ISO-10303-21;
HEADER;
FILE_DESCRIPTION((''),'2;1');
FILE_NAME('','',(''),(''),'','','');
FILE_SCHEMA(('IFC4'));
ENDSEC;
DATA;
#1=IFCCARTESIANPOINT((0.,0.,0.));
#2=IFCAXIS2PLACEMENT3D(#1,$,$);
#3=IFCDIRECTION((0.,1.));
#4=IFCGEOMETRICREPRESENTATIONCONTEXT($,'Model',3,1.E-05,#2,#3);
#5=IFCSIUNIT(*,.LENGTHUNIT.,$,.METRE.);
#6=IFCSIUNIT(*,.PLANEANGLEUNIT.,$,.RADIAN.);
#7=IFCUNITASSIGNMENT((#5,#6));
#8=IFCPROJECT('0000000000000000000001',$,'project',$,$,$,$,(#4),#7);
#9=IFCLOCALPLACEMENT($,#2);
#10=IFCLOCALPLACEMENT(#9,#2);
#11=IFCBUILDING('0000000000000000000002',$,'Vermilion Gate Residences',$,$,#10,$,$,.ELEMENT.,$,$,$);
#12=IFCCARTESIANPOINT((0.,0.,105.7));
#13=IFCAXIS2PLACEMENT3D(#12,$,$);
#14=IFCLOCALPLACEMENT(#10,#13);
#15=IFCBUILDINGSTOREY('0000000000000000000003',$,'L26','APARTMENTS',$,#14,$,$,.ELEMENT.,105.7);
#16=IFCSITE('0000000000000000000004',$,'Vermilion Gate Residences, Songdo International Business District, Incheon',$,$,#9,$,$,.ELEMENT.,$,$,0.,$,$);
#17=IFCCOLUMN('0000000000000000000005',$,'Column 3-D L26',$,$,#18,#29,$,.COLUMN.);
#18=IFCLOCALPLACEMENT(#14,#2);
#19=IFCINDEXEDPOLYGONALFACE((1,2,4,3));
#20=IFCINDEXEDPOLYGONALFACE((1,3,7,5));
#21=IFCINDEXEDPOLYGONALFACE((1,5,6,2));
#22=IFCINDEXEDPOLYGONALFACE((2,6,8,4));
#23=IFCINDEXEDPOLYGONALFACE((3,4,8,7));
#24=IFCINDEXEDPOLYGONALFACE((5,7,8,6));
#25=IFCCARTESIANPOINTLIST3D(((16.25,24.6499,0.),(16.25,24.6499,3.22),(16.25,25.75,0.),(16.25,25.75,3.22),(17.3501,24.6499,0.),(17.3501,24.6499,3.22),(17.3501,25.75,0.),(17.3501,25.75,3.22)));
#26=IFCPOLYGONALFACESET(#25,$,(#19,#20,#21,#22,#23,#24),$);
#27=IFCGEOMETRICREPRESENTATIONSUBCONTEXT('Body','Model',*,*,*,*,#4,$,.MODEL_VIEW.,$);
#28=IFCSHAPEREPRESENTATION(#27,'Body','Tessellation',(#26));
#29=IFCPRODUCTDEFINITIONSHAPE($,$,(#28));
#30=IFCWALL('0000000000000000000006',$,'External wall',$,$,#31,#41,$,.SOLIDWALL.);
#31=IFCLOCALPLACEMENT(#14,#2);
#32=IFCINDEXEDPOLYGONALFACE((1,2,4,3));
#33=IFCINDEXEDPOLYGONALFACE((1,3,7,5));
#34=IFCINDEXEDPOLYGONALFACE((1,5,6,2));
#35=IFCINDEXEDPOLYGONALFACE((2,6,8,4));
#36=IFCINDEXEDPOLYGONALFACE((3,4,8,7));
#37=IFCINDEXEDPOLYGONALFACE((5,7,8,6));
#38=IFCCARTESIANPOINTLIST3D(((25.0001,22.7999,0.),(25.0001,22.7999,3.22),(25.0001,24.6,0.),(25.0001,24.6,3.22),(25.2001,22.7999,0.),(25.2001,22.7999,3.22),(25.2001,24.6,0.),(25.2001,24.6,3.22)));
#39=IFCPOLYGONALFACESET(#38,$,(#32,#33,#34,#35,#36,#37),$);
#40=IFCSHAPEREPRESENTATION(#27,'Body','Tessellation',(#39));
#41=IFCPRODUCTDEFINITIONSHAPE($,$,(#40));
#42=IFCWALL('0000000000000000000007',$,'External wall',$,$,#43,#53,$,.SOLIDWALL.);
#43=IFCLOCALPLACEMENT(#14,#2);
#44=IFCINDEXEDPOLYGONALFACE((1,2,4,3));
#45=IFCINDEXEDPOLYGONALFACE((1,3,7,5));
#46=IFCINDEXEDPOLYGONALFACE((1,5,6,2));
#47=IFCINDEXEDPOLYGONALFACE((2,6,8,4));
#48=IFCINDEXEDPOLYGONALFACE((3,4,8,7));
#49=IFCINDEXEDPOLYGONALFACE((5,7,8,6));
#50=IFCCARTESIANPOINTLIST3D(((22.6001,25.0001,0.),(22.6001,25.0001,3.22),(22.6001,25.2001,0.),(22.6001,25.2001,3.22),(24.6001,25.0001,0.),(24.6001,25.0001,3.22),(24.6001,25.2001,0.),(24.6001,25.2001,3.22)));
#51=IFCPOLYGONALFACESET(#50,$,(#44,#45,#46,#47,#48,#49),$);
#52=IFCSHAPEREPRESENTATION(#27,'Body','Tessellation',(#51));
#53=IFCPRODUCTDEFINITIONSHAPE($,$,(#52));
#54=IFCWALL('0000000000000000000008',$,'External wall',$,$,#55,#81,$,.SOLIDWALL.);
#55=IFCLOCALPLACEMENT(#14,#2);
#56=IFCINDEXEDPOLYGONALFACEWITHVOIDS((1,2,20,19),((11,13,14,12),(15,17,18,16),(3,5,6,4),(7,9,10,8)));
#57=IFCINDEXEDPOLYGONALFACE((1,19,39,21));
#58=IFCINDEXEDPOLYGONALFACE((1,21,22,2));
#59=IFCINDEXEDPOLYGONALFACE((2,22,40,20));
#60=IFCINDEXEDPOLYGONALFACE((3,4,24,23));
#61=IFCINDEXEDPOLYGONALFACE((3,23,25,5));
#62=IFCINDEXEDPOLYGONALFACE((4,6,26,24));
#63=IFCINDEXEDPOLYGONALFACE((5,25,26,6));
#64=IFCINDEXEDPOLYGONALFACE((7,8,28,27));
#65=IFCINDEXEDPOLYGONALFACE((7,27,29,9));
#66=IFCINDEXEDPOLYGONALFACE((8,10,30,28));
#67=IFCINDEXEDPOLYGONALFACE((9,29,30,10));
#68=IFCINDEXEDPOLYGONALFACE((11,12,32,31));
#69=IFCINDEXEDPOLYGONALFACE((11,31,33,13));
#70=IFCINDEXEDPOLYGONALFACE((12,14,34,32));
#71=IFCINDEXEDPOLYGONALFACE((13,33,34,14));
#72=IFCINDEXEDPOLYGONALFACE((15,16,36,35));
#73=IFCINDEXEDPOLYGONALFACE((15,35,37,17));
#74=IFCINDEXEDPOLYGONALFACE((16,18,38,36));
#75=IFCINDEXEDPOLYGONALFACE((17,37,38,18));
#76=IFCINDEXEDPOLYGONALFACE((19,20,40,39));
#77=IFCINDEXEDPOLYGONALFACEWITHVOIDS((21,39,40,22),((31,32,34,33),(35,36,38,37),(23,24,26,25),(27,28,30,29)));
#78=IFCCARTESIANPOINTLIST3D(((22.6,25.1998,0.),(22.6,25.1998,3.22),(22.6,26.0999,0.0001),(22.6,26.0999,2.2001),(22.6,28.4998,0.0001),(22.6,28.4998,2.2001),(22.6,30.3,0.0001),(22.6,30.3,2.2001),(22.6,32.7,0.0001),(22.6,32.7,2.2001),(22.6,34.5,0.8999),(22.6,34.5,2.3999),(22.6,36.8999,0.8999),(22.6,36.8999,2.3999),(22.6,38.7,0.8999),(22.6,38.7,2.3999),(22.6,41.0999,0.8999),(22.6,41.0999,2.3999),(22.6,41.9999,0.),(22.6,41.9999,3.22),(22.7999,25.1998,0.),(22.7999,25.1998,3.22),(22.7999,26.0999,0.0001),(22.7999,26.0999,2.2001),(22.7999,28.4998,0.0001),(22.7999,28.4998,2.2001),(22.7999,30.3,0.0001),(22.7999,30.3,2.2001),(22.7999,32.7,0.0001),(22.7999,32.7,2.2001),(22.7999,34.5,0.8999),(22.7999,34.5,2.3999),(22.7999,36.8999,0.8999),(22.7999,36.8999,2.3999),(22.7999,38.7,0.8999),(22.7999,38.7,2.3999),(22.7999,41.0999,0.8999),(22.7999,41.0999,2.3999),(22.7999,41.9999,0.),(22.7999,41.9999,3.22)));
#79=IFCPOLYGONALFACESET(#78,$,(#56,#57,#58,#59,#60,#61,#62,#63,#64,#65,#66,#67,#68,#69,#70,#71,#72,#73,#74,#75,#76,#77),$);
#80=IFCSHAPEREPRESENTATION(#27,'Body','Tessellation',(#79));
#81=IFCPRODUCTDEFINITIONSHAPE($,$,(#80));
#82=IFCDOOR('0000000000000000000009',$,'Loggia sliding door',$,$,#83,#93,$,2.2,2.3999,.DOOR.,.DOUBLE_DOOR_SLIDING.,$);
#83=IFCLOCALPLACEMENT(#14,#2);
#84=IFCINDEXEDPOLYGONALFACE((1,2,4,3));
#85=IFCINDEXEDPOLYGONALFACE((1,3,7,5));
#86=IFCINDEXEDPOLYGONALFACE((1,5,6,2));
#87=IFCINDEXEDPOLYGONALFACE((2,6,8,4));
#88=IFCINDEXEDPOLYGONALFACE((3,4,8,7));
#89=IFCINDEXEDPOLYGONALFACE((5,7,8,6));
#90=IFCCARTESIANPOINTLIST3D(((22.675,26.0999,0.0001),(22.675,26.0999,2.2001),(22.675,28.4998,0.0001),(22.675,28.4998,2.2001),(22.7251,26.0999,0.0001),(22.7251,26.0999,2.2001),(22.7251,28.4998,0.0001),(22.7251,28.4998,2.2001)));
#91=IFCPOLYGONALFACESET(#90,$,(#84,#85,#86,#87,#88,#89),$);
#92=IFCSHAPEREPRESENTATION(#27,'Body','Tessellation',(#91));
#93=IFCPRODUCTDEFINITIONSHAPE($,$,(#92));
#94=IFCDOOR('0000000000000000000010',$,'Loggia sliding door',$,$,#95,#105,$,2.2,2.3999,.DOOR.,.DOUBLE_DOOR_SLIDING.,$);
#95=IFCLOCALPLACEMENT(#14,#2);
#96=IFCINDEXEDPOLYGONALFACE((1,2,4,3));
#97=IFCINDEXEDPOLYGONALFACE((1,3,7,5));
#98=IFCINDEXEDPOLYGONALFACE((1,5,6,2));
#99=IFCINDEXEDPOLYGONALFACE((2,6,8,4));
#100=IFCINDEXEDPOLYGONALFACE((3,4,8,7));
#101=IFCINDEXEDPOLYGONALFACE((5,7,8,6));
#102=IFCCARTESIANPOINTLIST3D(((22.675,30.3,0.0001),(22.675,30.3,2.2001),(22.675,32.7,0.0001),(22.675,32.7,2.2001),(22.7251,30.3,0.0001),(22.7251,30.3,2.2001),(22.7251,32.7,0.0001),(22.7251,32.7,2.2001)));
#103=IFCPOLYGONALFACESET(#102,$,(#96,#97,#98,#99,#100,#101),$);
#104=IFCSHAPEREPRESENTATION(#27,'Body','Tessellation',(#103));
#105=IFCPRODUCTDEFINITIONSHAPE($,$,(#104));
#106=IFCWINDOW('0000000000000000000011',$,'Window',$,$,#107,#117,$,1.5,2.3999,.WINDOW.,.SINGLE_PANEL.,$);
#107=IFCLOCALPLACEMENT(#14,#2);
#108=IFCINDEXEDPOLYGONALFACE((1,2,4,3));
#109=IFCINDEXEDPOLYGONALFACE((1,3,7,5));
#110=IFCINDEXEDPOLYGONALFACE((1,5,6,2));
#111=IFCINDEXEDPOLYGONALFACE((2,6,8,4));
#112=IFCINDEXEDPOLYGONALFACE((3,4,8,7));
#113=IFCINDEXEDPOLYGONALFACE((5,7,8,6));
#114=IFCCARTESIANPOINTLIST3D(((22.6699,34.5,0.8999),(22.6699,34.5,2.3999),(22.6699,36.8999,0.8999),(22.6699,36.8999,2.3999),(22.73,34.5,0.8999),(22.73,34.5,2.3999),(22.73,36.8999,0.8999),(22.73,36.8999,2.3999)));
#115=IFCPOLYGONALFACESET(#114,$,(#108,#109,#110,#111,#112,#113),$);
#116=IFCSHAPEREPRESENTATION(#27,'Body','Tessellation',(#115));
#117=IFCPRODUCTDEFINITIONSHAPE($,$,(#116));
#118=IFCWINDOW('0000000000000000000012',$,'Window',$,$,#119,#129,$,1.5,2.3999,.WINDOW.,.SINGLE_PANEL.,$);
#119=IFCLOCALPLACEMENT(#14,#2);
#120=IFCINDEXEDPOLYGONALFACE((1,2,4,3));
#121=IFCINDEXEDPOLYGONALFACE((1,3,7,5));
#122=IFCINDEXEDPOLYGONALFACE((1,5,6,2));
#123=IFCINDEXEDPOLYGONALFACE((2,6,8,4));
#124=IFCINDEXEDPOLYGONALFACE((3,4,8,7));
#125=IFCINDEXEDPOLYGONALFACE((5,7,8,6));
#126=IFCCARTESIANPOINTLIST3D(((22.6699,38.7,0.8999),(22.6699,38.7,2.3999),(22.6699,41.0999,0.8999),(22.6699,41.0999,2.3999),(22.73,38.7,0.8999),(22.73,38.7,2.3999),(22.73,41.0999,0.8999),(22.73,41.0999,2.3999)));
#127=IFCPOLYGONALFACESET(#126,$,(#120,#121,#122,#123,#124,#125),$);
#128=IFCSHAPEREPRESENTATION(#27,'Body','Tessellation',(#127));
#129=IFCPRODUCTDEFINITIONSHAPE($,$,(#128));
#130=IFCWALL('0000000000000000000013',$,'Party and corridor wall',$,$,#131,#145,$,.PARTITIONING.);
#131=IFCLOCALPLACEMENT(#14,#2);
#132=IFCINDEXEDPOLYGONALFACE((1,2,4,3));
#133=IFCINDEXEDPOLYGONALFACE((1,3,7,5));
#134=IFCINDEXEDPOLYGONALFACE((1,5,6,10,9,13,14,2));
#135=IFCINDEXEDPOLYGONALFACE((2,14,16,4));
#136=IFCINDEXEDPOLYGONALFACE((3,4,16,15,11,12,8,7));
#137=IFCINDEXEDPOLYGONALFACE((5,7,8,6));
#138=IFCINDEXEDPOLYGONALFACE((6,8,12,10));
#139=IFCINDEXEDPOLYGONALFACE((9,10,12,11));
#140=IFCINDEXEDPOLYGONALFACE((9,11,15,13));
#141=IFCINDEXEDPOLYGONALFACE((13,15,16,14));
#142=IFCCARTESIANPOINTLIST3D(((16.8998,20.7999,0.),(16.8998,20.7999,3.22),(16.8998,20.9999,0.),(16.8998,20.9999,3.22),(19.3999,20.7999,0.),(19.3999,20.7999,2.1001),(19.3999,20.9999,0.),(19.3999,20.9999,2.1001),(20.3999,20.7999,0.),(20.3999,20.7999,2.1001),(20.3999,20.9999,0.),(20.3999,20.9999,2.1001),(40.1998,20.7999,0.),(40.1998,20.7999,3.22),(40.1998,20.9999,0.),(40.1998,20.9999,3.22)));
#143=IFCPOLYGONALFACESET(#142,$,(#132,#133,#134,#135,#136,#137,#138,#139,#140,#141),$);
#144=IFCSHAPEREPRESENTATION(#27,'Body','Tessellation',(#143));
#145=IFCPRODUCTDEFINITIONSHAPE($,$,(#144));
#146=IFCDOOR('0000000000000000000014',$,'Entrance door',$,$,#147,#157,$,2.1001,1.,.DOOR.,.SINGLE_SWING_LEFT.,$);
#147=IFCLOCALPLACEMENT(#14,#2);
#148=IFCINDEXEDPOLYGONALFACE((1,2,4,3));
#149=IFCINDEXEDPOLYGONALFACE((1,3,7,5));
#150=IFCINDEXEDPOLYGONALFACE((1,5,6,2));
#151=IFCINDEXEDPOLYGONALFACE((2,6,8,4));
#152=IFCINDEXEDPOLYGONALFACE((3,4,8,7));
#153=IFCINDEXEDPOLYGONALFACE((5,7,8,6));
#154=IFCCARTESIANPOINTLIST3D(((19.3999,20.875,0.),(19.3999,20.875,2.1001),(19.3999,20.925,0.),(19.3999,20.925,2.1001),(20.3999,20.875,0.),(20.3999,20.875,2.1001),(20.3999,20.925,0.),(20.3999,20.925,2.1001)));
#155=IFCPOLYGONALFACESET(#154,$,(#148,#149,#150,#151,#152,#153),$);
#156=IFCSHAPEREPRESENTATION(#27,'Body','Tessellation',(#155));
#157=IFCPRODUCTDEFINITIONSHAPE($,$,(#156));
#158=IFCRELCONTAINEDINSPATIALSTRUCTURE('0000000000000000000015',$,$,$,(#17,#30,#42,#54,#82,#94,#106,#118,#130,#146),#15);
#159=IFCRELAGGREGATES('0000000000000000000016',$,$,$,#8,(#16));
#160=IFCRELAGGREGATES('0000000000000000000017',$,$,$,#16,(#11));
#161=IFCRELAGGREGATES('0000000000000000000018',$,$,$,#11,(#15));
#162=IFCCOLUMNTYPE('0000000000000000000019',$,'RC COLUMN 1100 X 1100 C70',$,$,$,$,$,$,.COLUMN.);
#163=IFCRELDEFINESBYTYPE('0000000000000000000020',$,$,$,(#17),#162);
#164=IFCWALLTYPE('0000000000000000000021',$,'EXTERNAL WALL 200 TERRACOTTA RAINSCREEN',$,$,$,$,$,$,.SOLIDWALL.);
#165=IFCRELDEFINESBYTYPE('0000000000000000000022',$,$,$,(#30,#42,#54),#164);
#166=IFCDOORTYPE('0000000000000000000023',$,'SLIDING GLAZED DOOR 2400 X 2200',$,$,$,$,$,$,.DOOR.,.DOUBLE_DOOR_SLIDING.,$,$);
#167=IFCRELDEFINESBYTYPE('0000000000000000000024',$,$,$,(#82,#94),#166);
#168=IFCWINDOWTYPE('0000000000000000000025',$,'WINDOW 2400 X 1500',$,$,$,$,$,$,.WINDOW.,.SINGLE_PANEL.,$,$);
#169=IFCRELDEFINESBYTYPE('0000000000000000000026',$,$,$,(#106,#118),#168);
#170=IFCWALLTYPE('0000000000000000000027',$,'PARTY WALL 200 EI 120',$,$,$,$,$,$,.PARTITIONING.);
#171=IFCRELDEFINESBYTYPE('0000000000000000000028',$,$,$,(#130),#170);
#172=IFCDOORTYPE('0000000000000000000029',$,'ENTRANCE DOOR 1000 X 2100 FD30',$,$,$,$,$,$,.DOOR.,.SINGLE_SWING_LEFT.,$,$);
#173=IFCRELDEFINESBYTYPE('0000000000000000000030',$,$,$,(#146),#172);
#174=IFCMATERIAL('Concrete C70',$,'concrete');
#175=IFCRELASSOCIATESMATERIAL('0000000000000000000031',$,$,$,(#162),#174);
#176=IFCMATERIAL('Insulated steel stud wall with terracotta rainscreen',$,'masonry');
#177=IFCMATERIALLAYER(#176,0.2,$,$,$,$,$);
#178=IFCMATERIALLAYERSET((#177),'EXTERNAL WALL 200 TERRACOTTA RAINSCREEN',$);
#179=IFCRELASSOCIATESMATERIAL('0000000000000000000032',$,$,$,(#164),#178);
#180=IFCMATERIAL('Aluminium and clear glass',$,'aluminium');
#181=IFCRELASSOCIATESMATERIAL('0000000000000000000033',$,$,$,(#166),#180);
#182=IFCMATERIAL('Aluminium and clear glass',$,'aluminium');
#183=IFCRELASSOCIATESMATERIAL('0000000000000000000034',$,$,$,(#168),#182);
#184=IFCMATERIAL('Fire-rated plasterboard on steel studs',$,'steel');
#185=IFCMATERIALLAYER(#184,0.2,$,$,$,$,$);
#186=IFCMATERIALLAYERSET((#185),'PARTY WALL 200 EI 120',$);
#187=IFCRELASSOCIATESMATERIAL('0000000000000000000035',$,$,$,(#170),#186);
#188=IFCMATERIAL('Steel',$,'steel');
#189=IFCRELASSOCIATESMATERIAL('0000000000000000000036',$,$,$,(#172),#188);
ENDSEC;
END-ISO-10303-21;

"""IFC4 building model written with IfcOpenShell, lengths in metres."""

from ifc_helpers import new_model, si_unit, direction, frame, frame_2d, origin, origin_2d, place, context, subcontext, project, spatial, rectangle, extrude, material, layer, layer_set, material_profile, profile_set, type_object, element, fill, save


model = new_model("IFC4")

# Units and contexts
model_context = context("Model", 3, precision=1e-05, world=origin(), true_north=direction((0.0, 1.0)))
body_context = subcontext(model_context, "Body", "Model", "MODEL_VIEW")
ifc_project = project(units=[si_unit("LENGTHUNIT", "METRE"), si_unit("PLANEANGLEUNIT", "RADIAN")], contexts=[model_context])

# Site, building, storey
site_placement = place(None, origin())
site = spatial("IfcSite", under=ifc_project, at=site_placement, Name="Vermilion Gate Residences, Songdo International Business District, Incheon", CompositionType="ELEMENT", RefElevation=0.0)
building_placement = place(site_placement, origin())
building = spatial("IfcBuilding", under=site, at=building_placement, Name="Vermilion Gate Residences", CompositionType="ELEMENT")
storey_placement = place(building_placement, frame((0.0, 0.0, 105.7)))
storey = spatial("IfcBuildingStorey", under=building, at=storey_placement, Name="L26", Description="APARTMENTS", CompositionType="ELEMENT", Elevation=105.7)

# Column
ifc_material_1 = material(Name="Concrete C70", Category="concrete")
ifc_material_profile = material_profile(ifc_material_1, rectangle(XDim=1.1001, YDim=1.1001, at=origin_2d()), Name="RC-1100x1100")
ifc_profile_set = profile_set([ifc_material_profile], Name="Concrete C70")
column_type = type_object("IfcColumnType", Name="RC COLUMN 1100 X 1100 C70", PredefinedType="COLUMN", material=ifc_profile_set)
column_placement = place(storey_placement, frame((16.8, 25.2, 0.0), z_axis=(0.0, 0.0, 1.0), x_axis=(1.0, 0.0, 0.0)))
element("IfcColumn", 1, at=column_placement, inside=storey, type_object=column_type, Name="Column 3-D L26", PredefinedType="COLUMN", context=body_context, shape_type="SweptSolid", body=[
    extrude(rectangle(XDim=1.1001, YDim=1.1001, at=origin_2d()), origin(), (0.0, 0.0, 1.0), 3.22),
])

# Walls
ifc_material_2 = material(Name="Insulated steel stud wall with terracotta rainscreen", Category="masonry")
ifc_layer_1 = layer(ifc_material_2, 0.2)
ifc_layer_set_1 = layer_set([ifc_layer_1], Name="EXTERNAL WALL 200 TERRACOTTA RAINSCREEN")
wall_type_1 = type_object("IfcWallType", Name="EXTERNAL WALL 200 TERRACOTTA RAINSCREEN", PredefinedType="SOLIDWALL", material=ifc_layer_set_1)
wall_1_placement = place(storey_placement, frame((25.1001, 22.8, 0.0), z_axis=(0.0, 0.0, 1.0), x_axis=(0.0, 1.0, 0.0)))
element("IfcWall", 2, at=wall_1_placement, inside=storey, type_object=wall_type_1, Name="External wall", PredefinedType="SOLIDWALL", context=body_context, shape_type="SweptSolid", body=[
    extrude(rectangle(XDim=1.8, YDim=0.2, at=frame_2d((0.8999, 0.0))), origin(), (0.0, 0.0, 1.0), 3.22),
])
wall_2_placement = place(storey_placement, frame((24.6001, 25.1001, 0.0), z_axis=(0.0, 0.0, 1.0), x_axis=(-1.0, 0.0, 0.0)))
element("IfcWall", 3, at=wall_2_placement, inside=storey, type_object=wall_type_1, Name="External wall", PredefinedType="SOLIDWALL", context=body_context, shape_type="SweptSolid", body=[
    extrude(rectangle(XDim=2.0, YDim=0.2, at=frame_2d((1.0, 0.0))), origin(), (0.0, 0.0, 1.0), 3.22),
])

# Wall, openings, doors, windows
wall_3_placement = place(storey_placement, frame((22.7, 25.2, 0.0), z_axis=(0.0, 0.0, 1.0), x_axis=(0.0, 1.0, 0.0)))
wall_3 = element("IfcWall", 4, at=wall_3_placement, inside=storey, type_object=wall_type_1, Name="External wall", PredefinedType="SOLIDWALL", context=body_context, shape_type="SweptSolid", body=[
    extrude(rectangle(XDim=16.8, YDim=0.2, at=frame_2d((8.3999, 0.0))), origin(), (0.0, 0.0, 1.0), 3.22),
])
opening_1_placement = place(wall_3_placement, frame((0.8999, 0.0, 0.0)))
opening_1 = element("IfcOpeningElement", 5, at=opening_1_placement, cuts=wall_3, PredefinedType="OPENING", context=body_context, shape_type="SweptSolid", body=[
    extrude(rectangle(XDim=2.3999, YDim=2.2, at=frame_2d((1.2, 1.1001))), frame((0.0, 0.1099, 0.0), z_axis=(0.0, -1.0, 0.0), x_axis=(1.0, 0.0, 0.0)), (0.0, 0.0, 1.0), 0.22),
])
opening_2_placement = place(wall_3_placement, frame((5.1001, 0.0, 0.0)))
opening_2 = element("IfcOpeningElement", 6, at=opening_2_placement, cuts=wall_3, PredefinedType="OPENING", context=body_context, shape_type="SweptSolid", body=[
    extrude(rectangle(XDim=2.3999, YDim=2.2, at=frame_2d((1.2, 1.1001))), frame((0.0, 0.1099, 0.0), z_axis=(0.0, -1.0, 0.0), x_axis=(1.0, 0.0, 0.0)), (0.0, 0.0, 1.0), 0.22),
])
opening_3_placement = place(wall_3_placement, frame((9.3, 0.0, 0.8999)))
opening_3 = element("IfcOpeningElement", 7, at=opening_3_placement, cuts=wall_3, PredefinedType="OPENING", context=body_context, shape_type="SweptSolid", body=[
    extrude(rectangle(XDim=2.3999, YDim=1.5, at=frame_2d((1.2, 0.75))), frame((0.0, 0.1099, 0.0), z_axis=(0.0, -1.0, 0.0), x_axis=(1.0, 0.0, 0.0)), (0.0, 0.0, 1.0), 0.22),
])
opening_4_placement = place(wall_3_placement, frame((13.5, 0.0, 0.8999)))
opening_4 = element("IfcOpeningElement", 8, at=opening_4_placement, cuts=wall_3, PredefinedType="OPENING", context=body_context, shape_type="SweptSolid", body=[
    extrude(rectangle(XDim=2.3999, YDim=1.5, at=frame_2d((1.2, 0.75))), frame((0.0, 0.1099, 0.0), z_axis=(0.0, -1.0, 0.0), x_axis=(1.0, 0.0, 0.0)), (0.0, 0.0, 1.0), 0.22),
])
ifc_material_3 = material(Name="Aluminium and clear glass", Category="aluminium")
door_type_1 = type_object("IfcDoorType", Name="SLIDING GLAZED DOOR 2400 X 2200", OperationType="DOUBLE_DOOR_SLIDING", PredefinedType="DOOR", material=ifc_material_3)
door_1_placement = place(opening_1_placement, origin())
door_1 = element("IfcDoor", 9, at=door_1_placement, inside=storey, type_object=door_type_1, Name="Loggia sliding door", OperationType="DOUBLE_DOOR_SLIDING", OverallHeight=2.2, OverallWidth=2.3999, PredefinedType="DOOR", context=body_context, shape_type="SweptSolid", body=[
    extrude(rectangle(XDim=2.3999, YDim=2.2, at=frame_2d((1.2, 1.1001))), frame((0.0, 0.0249, 0.0), z_axis=(0.0, -1.0, 0.0), x_axis=(1.0, 0.0, 0.0)), (0.0, 0.0, 1.0), 0.05),
])
fill(opening_1, door_1)
door_2_placement = place(opening_2_placement, origin())
door_2 = element("IfcDoor", 10, at=door_2_placement, inside=storey, type_object=door_type_1, Name="Loggia sliding door", OperationType="DOUBLE_DOOR_SLIDING", OverallHeight=2.2, OverallWidth=2.3999, PredefinedType="DOOR", context=body_context, shape_type="SweptSolid", body=[
    extrude(rectangle(XDim=2.3999, YDim=2.2, at=frame_2d((1.2, 1.1001))), frame((0.0, 0.0249, 0.0), z_axis=(0.0, -1.0, 0.0), x_axis=(1.0, 0.0, 0.0)), (0.0, 0.0, 1.0), 0.05),
])
fill(opening_2, door_2)
ifc_material_4 = material(Name="Aluminium and clear glass", Category="aluminium")
window_type = type_object("IfcWindowType", Name="WINDOW 2400 X 1500", PartitioningType="SINGLE_PANEL", PredefinedType="WINDOW", material=ifc_material_4)
window_1_placement = place(opening_3_placement, origin())
window_1 = element("IfcWindow", 11, at=window_1_placement, inside=storey, type_object=window_type, Name="Window", OverallHeight=1.5, OverallWidth=2.3999, PartitioningType="SINGLE_PANEL", PredefinedType="WINDOW", context=body_context, shape_type="SweptSolid", body=[
    extrude(rectangle(XDim=2.3999, YDim=1.5, at=frame_2d((1.2, 0.75))), frame((0.0, 0.03, 0.0), z_axis=(0.0, -1.0, 0.0), x_axis=(1.0, 0.0, 0.0)), (0.0, 0.0, 1.0), 0.0601),
])
fill(opening_3, window_1)
window_2_placement = place(opening_4_placement, origin())
window_2 = element("IfcWindow", 12, at=window_2_placement, inside=storey, type_object=window_type, Name="Window", OverallHeight=1.5, OverallWidth=2.3999, PartitioningType="SINGLE_PANEL", PredefinedType="WINDOW", context=body_context, shape_type="SweptSolid", body=[
    extrude(rectangle(XDim=2.3999, YDim=1.5, at=frame_2d((1.2, 0.75))), frame((0.0, 0.03, 0.0), z_axis=(0.0, -1.0, 0.0), x_axis=(1.0, 0.0, 0.0)), (0.0, 0.0, 1.0), 0.0601),
])
fill(opening_4, window_2)

# Wall, opening, door
ifc_material_5 = material(Name="Fire-rated plasterboard on steel studs", Category="steel")
ifc_layer_2 = layer(ifc_material_5, 0.2)
ifc_layer_set_2 = layer_set([ifc_layer_2], Name="PARTY WALL 200 EI 120")
wall_type_2 = type_object("IfcWallType", Name="PARTY WALL 200 EI 120", PredefinedType="PARTITIONING", material=ifc_layer_set_2)
wall_4_placement = place(storey_placement, frame((16.8999, 20.8999, 0.0), z_axis=(0.0, 0.0, 1.0), x_axis=(1.0, 0.0, 0.0)))
wall_4 = element("IfcWall", 13, at=wall_4_placement, inside=storey, type_object=wall_type_2, Name="Party and corridor wall", PredefinedType="PARTITIONING", context=body_context, shape_type="SweptSolid", body=[
    extrude(rectangle(XDim=23.3, YDim=0.2, at=frame_2d((11.6499, 0.0))), origin(), (0.0, 0.0, 1.0), 3.22),
])
opening_5_placement = place(wall_4_placement, frame((2.5, 0.0, 0.0)))
opening_5 = element("IfcOpeningElement", 14, at=opening_5_placement, cuts=wall_4, PredefinedType="OPENING", context=body_context, shape_type="SweptSolid", body=[
    extrude(rectangle(XDim=1.0, YDim=2.1001, at=frame_2d((0.5, 1.05))), frame((0.0, 0.1099, 0.0), z_axis=(0.0, -1.0, 0.0), x_axis=(1.0, 0.0, 0.0)), (0.0, 0.0, 1.0), 0.22),
])
ifc_material_6 = material(Name="Steel", Category="steel")
door_type_2 = type_object("IfcDoorType", Name="ENTRANCE DOOR 1000 X 2100 FD30", OperationType="SINGLE_SWING_LEFT", PredefinedType="DOOR", material=ifc_material_6)
door_3_placement = place(opening_5_placement, frame((1.0, 0.0, 0.0), z_axis=(0.0, 0.0, 1.0), x_axis=(-1.0, 0.0, 0.0)))
door_3 = element("IfcDoor", 15, at=door_3_placement, inside=storey, type_object=door_type_2, Name="Entrance door", OperationType="SINGLE_SWING_LEFT", OverallHeight=2.1001, OverallWidth=1.0, PredefinedType="DOOR", context=body_context, shape_type="SweptSolid", body=[
    extrude(rectangle(XDim=1.0, YDim=2.1001, at=frame_2d((0.5, 1.05))), frame((0.0, 0.0249, 0.0), z_axis=(0.0, -1.0, 0.0), x_axis=(1.0, 0.0, 0.0)), (0.0, 0.0, 1.0), 0.05),
])
fill(opening_5, door_3)

save(model, "model.ifc")
